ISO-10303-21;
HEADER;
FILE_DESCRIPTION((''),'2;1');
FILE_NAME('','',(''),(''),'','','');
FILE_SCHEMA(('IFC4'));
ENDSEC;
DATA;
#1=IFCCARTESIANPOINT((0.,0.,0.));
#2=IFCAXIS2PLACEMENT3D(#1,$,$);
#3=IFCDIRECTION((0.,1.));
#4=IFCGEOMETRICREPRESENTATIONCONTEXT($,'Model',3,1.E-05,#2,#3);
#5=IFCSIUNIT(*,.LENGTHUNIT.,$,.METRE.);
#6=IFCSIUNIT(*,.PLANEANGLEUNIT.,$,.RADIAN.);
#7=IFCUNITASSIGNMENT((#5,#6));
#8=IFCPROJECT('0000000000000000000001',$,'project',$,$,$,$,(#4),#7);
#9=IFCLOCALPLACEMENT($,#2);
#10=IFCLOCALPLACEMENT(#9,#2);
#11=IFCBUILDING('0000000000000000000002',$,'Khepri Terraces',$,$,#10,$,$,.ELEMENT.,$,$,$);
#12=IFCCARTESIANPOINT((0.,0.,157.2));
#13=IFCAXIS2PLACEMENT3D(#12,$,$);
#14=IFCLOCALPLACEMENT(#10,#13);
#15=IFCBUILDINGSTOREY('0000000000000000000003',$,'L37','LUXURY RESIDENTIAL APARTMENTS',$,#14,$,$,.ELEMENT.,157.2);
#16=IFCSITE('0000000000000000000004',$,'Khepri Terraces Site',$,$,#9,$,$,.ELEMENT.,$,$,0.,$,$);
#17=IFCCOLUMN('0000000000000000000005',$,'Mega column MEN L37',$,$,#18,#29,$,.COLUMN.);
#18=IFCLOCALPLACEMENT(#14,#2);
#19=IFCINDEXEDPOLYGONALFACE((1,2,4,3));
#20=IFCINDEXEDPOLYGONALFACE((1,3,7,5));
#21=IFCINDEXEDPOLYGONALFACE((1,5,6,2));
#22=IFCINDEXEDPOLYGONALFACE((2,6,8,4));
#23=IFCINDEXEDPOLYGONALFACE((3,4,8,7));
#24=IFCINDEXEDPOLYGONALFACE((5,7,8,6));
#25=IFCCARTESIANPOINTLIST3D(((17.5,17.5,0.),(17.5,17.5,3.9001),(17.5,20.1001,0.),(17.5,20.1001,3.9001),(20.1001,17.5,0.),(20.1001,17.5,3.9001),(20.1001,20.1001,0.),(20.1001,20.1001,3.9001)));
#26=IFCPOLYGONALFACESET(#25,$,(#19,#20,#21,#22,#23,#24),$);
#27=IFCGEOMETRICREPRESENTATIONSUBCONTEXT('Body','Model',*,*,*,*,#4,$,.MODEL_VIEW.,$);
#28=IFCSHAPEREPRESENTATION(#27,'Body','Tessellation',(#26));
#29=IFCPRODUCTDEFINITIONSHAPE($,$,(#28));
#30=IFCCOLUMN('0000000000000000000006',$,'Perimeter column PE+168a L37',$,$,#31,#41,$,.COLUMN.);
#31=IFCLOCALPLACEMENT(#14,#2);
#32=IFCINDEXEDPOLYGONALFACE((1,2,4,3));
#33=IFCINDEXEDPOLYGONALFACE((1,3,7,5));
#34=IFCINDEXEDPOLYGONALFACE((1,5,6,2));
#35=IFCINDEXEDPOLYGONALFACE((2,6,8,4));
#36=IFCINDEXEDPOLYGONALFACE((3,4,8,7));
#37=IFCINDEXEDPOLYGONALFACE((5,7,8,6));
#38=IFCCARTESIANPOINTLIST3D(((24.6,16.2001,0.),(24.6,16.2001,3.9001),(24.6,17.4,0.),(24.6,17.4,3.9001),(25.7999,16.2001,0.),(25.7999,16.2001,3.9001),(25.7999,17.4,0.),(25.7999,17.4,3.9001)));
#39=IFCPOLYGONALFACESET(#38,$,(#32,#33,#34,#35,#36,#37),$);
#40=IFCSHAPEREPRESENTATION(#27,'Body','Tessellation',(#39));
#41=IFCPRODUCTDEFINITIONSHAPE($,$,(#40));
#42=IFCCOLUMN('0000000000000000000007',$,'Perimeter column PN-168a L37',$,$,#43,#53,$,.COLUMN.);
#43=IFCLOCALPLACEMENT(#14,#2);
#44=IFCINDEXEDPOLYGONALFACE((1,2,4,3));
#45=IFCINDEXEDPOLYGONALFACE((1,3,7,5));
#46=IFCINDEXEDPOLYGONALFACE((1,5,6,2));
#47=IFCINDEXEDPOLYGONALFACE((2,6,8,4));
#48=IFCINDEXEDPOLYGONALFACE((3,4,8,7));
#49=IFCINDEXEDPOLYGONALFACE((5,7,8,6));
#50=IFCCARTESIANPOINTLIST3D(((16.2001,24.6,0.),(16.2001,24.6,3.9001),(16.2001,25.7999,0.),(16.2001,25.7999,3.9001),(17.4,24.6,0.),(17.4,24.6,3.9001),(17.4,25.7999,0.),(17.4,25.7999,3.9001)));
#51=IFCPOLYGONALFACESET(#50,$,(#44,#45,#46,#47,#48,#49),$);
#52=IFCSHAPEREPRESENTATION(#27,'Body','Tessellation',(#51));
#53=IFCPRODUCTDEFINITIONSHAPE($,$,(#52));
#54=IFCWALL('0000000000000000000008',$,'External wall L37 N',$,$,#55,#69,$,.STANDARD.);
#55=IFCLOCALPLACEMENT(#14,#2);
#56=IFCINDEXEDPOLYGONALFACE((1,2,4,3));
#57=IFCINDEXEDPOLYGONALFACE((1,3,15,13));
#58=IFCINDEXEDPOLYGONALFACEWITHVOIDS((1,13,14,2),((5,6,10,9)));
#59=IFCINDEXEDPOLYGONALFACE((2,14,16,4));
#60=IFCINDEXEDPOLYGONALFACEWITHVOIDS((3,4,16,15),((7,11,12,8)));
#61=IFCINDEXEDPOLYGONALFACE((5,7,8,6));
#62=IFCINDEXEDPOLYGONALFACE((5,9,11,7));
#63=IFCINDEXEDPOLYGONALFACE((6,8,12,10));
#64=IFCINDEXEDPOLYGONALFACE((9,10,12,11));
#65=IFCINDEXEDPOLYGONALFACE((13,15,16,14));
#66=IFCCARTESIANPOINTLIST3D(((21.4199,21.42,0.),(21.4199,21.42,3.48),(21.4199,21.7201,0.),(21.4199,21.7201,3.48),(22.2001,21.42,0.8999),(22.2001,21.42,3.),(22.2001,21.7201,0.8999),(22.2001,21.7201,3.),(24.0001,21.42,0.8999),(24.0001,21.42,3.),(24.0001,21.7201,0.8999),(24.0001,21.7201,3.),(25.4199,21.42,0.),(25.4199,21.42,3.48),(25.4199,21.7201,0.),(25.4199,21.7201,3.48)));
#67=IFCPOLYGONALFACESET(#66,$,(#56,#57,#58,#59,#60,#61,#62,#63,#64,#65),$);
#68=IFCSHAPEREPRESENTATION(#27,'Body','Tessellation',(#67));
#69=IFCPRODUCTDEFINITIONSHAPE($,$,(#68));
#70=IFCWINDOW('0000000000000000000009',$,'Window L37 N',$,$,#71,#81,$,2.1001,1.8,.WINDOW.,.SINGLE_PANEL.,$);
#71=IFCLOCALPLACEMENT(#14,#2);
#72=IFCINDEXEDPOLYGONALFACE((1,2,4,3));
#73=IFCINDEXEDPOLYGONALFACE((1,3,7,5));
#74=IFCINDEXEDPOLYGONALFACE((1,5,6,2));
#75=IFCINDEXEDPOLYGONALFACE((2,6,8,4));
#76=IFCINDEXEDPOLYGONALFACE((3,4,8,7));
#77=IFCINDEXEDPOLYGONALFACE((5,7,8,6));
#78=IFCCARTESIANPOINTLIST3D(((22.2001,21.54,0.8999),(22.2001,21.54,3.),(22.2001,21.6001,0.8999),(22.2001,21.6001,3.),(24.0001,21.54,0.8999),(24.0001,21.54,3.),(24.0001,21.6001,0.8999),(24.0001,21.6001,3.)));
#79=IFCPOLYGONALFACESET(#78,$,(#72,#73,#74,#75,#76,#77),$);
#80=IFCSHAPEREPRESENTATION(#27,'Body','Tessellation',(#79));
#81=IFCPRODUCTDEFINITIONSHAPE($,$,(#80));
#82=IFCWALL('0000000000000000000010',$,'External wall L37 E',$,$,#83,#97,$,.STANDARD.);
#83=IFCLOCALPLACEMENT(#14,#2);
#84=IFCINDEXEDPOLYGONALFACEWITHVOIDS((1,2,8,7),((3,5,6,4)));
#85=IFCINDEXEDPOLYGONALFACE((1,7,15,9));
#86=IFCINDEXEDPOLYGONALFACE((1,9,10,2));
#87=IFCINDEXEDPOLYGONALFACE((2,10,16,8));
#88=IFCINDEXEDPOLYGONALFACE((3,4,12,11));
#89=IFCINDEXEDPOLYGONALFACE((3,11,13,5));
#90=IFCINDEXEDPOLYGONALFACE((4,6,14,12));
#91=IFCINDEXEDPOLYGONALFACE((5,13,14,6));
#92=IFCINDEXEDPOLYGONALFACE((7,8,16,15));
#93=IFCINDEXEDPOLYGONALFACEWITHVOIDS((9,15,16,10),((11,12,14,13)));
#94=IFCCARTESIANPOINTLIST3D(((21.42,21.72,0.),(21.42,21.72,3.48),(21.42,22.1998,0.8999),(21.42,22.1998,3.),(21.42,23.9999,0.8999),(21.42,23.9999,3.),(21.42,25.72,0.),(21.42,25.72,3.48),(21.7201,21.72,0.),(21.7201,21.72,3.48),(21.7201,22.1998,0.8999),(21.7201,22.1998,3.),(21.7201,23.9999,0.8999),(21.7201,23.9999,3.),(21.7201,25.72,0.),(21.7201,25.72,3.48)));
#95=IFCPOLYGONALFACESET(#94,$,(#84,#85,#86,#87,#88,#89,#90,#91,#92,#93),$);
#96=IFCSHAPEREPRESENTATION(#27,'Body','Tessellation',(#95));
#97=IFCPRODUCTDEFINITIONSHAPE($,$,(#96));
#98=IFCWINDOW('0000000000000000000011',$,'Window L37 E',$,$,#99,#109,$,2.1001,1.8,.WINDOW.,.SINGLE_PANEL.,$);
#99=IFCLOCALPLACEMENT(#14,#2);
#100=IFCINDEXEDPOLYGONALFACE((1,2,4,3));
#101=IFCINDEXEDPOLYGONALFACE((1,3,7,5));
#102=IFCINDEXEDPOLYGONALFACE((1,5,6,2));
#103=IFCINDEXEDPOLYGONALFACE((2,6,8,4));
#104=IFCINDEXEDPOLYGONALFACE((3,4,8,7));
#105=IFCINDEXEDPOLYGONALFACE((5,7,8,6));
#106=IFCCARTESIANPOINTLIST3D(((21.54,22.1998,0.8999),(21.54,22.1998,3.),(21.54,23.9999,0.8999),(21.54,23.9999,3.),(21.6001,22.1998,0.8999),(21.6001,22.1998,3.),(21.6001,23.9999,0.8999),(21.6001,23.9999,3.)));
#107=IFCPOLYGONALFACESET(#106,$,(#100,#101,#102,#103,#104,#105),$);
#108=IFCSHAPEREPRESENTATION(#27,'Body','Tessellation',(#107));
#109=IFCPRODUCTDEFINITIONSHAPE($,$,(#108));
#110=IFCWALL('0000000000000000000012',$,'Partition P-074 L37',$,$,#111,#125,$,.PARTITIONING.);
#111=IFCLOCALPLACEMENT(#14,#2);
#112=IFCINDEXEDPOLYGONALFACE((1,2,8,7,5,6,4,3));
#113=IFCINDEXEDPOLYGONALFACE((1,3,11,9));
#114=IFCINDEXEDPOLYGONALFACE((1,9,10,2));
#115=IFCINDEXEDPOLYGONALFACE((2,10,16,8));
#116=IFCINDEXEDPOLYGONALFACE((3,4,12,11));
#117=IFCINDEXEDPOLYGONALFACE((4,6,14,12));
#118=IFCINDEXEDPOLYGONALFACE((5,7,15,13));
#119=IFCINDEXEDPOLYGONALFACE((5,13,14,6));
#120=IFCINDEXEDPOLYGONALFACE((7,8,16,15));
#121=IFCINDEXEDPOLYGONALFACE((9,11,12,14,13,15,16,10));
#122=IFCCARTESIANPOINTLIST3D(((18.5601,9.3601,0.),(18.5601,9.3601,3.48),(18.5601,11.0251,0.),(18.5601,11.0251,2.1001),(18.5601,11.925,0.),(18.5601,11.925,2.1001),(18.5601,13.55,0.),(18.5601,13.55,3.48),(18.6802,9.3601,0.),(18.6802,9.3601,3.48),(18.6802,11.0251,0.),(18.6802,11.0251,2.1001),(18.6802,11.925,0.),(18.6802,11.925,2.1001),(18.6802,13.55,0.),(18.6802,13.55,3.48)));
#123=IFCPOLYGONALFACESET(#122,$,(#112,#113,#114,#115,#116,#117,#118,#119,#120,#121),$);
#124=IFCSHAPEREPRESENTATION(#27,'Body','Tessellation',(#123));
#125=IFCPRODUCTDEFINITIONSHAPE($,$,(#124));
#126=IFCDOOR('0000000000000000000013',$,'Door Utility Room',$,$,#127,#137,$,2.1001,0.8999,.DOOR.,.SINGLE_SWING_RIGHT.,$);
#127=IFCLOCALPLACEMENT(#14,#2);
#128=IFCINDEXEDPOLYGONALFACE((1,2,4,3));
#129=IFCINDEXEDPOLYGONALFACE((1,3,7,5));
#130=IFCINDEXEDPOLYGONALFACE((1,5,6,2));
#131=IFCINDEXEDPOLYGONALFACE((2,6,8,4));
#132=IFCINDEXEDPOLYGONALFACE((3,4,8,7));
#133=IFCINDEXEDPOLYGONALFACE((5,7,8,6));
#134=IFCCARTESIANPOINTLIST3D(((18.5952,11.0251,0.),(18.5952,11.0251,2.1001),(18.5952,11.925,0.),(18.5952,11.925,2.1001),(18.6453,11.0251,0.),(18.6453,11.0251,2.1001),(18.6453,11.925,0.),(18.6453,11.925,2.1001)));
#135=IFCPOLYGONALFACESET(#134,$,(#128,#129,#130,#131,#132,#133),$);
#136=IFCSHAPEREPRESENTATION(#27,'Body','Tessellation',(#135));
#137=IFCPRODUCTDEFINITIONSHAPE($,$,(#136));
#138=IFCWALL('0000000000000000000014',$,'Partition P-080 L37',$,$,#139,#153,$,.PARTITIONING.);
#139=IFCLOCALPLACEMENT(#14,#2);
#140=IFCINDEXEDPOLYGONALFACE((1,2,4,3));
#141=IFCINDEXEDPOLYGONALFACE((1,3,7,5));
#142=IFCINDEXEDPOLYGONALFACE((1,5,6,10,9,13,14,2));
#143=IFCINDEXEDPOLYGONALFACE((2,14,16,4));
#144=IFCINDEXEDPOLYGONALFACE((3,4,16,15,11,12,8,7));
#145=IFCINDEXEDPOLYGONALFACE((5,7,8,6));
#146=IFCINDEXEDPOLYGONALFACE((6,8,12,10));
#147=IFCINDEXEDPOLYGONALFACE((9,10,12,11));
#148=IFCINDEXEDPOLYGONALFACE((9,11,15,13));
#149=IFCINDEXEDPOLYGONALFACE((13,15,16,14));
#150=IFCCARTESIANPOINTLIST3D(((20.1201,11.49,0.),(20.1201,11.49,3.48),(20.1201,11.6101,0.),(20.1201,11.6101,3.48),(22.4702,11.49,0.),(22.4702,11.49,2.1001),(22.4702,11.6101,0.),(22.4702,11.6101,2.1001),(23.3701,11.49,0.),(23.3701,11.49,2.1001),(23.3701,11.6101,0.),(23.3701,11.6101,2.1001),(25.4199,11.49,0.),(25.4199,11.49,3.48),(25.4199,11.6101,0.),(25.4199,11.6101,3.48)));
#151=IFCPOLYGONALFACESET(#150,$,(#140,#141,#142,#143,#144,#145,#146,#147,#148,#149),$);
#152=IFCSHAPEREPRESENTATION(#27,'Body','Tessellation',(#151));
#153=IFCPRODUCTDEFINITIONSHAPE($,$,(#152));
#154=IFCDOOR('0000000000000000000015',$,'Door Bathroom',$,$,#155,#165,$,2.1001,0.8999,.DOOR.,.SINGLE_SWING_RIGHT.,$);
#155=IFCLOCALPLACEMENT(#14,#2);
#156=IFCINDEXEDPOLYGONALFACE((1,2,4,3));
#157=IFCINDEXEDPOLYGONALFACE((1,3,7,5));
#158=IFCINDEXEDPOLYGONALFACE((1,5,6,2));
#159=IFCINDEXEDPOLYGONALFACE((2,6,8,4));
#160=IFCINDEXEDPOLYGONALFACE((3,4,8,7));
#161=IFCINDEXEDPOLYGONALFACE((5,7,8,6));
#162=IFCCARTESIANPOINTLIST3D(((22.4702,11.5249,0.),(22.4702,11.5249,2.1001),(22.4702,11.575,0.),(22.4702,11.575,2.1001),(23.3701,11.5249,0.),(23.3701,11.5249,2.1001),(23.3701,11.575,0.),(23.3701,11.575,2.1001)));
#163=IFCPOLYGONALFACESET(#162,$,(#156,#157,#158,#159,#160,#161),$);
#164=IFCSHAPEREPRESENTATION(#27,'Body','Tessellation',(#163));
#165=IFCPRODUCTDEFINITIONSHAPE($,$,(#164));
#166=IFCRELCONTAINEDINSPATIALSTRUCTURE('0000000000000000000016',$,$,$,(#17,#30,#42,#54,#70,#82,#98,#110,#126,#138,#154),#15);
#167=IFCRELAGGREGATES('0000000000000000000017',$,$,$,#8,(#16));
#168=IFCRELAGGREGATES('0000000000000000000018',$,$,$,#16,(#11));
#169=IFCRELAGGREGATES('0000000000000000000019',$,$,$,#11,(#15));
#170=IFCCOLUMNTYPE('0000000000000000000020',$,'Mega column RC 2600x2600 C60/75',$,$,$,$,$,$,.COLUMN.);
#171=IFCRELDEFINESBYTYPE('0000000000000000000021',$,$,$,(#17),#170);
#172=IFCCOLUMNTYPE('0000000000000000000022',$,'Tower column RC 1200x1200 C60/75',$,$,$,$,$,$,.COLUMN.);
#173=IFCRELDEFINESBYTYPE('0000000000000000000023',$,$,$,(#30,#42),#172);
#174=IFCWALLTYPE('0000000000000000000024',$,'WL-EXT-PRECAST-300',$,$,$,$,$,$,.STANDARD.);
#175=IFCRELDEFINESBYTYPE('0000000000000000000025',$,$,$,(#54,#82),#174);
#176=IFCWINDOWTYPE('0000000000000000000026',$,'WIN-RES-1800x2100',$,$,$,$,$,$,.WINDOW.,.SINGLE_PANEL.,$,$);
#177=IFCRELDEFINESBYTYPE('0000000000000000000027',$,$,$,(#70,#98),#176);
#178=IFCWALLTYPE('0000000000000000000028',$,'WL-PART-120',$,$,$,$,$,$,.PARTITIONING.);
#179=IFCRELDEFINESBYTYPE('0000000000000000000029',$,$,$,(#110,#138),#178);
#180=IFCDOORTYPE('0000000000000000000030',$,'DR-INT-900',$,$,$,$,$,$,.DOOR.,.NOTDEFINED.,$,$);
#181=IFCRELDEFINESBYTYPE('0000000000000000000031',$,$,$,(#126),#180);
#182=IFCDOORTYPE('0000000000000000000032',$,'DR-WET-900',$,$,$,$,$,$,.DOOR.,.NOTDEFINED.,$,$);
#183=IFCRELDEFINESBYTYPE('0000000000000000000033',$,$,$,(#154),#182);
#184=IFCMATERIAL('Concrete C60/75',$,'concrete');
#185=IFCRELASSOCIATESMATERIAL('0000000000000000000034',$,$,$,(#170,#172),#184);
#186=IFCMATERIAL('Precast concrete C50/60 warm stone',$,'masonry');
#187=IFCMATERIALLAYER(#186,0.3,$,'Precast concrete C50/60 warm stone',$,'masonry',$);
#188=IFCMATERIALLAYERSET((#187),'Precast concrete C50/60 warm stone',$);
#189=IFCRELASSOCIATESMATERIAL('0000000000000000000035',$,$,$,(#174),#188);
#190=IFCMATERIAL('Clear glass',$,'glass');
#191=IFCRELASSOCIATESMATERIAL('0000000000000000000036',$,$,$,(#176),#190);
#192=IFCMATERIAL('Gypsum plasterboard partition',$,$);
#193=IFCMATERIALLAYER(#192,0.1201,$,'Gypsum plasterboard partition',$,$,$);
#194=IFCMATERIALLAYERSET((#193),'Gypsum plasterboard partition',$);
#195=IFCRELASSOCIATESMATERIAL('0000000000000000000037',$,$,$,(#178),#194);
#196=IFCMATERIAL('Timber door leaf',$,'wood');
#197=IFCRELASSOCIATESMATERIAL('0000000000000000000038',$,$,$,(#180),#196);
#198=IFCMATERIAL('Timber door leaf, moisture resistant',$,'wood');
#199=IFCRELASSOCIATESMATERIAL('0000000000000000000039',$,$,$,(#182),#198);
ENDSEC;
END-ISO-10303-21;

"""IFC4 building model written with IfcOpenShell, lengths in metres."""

from ifc_helpers import new_model, si_unit, direction, frame, frame_2d, origin, origin_2d, place, context, subcontext, project, spatial, rectangle, extrude, material, layer, layer_set, material_profile, profile_set, type_object, element, fill, save


model = new_model("IFC4")

# Units and contexts
model_context = context("Model", 3, precision=1e-05, world=origin(), true_north=direction((0.0, 1.0)))
body_context = subcontext(model_context, "Body", "Model", "MODEL_VIEW")
ifc_project = project(units=[si_unit("LENGTHUNIT", "METRE"), si_unit("PLANEANGLEUNIT", "RADIAN")], contexts=[model_context])

# Site, building, storey
site_placement = place(None, origin())
site = spatial("IfcSite", under=ifc_project, at=site_placement, Name="Khepri Terraces Site", CompositionType="ELEMENT", RefElevation=0.0)
building_placement = place(site_placement, origin())
building = spatial("IfcBuilding", under=site, at=building_placement, Name="Khepri Terraces", CompositionType="ELEMENT")
storey_placement = place(building_placement, frame((0.0, 0.0, 157.2)))
storey = spatial("IfcBuildingStorey", under=building, at=storey_placement, Name="L37", Description="LUXURY RESIDENTIAL APARTMENTS", CompositionType="ELEMENT", Elevation=157.2)

# Columns
ifc_material_1 = material(Name="Concrete C60/75", Category="concrete")
ifc_material_profile_1 = material_profile(ifc_material_1, rectangle(XDim=2.6001, YDim=2.6001, at=origin_2d()), Name="Concrete C60/75", Category="concrete")
ifc_profile_set_1 = profile_set([ifc_material_profile_1], Name="Concrete C60/75")
column_type_1 = type_object("IfcColumnType", Name="Mega column RC 2600x2600 C60/75", PredefinedType="COLUMN", material=ifc_profile_set_1)
column_placement = place(storey_placement, frame((18.8, 18.8, 0.0), z_axis=(0.0, 0.0, 1.0), x_axis=(1.0, 0.0, 0.0)))
element("IfcColumn", 1, at=column_placement, inside=storey, type_object=column_type_1, Name="Mega column MEN L37", PredefinedType="COLUMN", context=body_context, shape_type="SweptSolid", body=[
    extrude(rectangle(XDim=2.6001, YDim=2.6001, at=origin_2d()), origin(), (0.0, 0.0, 1.0), 3.9001),
])
ifc_material_profile_2 = material_profile(ifc_material_1, rectangle(XDim=1.2, YDim=1.2, at=origin_2d()), Name="Concrete C60/75", Category="concrete")
ifc_profile_set_2 = profile_set([ifc_material_profile_2], Name="Concrete C60/75")
column_type_2 = type_object("IfcColumnType", Name="Tower column RC 1200x1200 C60/75", PredefinedType="COLUMN", material=ifc_profile_set_2)
for number, where, z_axis, x_axis, name in (
    (2, (25.2, 16.8, 0.0), (0.0, 0.0, 1.0), (1.0, 0.0, 0.0), "Perimeter column PE+168a L37"),
    (3, (16.8, 25.2, 0.0), (0.0, 0.0, 1.0), (1.0, 0.0, 0.0), "Perimeter column PN-168a L37"),
):
    element("IfcColumn", number, at=place(storey_placement, frame(where, z_axis=z_axis, x_axis=x_axis)), inside=storey, type_object=column_type_2, Name=name, PredefinedType="COLUMN", context=body_context, shape_type="SweptSolid", body=[
        extrude(rectangle(XDim=1.2, YDim=1.2, at=origin_2d()), origin(), (0.0, 0.0, 1.0), 3.9001),
    ])

# Shared definitions
ifc_material_2 = material(Name="Precast concrete C50/60 warm stone", Category="masonry")
ifc_layer_1 = layer(ifc_material_2, 0.3, Name="Precast concrete C50/60 warm stone", Category="masonry")
ifc_layer_set_1 = layer_set([ifc_layer_1], Name="Precast concrete C50/60 warm stone")
wall_type_1 = type_object("IfcWallType", Name="WL-EXT-PRECAST-300", PredefinedType="STANDARD", material=ifc_layer_set_1)
ifc_material_3 = material(Name="Clear glass", Category="glass")
window_type = type_object("IfcWindowType", Name="WIN-RES-1800x2100", PartitioningType="SINGLE_PANEL", PredefinedType="WINDOW", material=ifc_material_3)

# Walls, openings, windows
wall_1_placement = place(storey_placement, frame((25.4199, 21.5701, 0.0), z_axis=(0.0, 0.0, 1.0), x_axis=(-1.0, 0.0, 0.0)))
wall_1 = element("IfcWall", 4, at=wall_1_placement, inside=storey, type_object=wall_type_1, Name="External wall L37 N", PredefinedType="STANDARD", context=body_context, shape_type="SweptSolid", body=[
    extrude(rectangle(XDim=4.0, YDim=0.3, at=frame_2d((2.0, 0.0))), origin(), (0.0, 0.0, 1.0), 3.48),
])
opening_1_placement = place(wall_1_placement, frame((1.4199, 0.0, 0.8999)))
opening_1 = element("IfcOpeningElement", 5, at=opening_1_placement, cuts=wall_1, PredefinedType="OPENING", context=body_context, shape_type="SweptSolid", body=[
    extrude(rectangle(XDim=1.8, YDim=2.1001, at=frame_2d((0.8999, 1.05))), frame((0.0, 0.1602, 0.0), z_axis=(0.0, -1.0, 0.0), x_axis=(1.0, 0.0, 0.0)), (0.0, 0.0, 1.0), 0.3201),
])
window_1_placement = place(opening_1_placement, origin())
window_1 = element("IfcWindow", 6, at=window_1_placement, inside=storey, type_object=window_type, Name="Window L37 N", OverallHeight=2.1001, OverallWidth=1.8, PartitioningType="SINGLE_PANEL", PredefinedType="WINDOW", context=body_context, shape_type="SweptSolid", body=[
    extrude(rectangle(XDim=1.8, YDim=2.1001, at=frame_2d((0.8999, 1.05))), frame((0.0, 0.03, 0.0), z_axis=(0.0, -1.0, 0.0), x_axis=(1.0, 0.0, 0.0)), (0.0, 0.0, 1.0), 0.0601),
])
fill(opening_1, window_1)
wall_2_placement = place(storey_placement, frame((21.5701, 21.72, 0.0), z_axis=(0.0, 0.0, 1.0), x_axis=(0.0, 1.0, 0.0)))
wall_2 = element("IfcWall", 7, at=wall_2_placement, inside=storey, type_object=wall_type_1, Name="External wall L37 E", PredefinedType="STANDARD", context=body_context, shape_type="SweptSolid", body=[
    extrude(rectangle(XDim=4.0, YDim=0.3, at=frame_2d((2.0, 0.0))), origin(), (0.0, 0.0, 1.0), 3.48),
])
opening_2_placement = place(wall_2_placement, frame((0.48, 0.0, 0.8999)))
opening_2 = element("IfcOpeningElement", 8, at=opening_2_placement, cuts=wall_2, PredefinedType="OPENING", context=body_context, shape_type="SweptSolid", body=[
    extrude(rectangle(XDim=1.8, YDim=2.1001, at=frame_2d((0.8999, 1.05))), frame((0.0, 0.1602, 0.0), z_axis=(0.0, -1.0, 0.0), x_axis=(1.0, 0.0, 0.0)), (0.0, 0.0, 1.0), 0.3201),
])
window_2_placement = place(opening_2_placement, origin())
window_2 = element("IfcWindow", 9, at=window_2_placement, inside=storey, type_object=window_type, Name="Window L37 E", OverallHeight=2.1001, OverallWidth=1.8, PartitioningType="SINGLE_PANEL", PredefinedType="WINDOW", context=body_context, shape_type="SweptSolid", body=[
    extrude(rectangle(XDim=1.8, YDim=2.1001, at=frame_2d((0.8999, 1.05))), frame((0.0, 0.03, 0.0), z_axis=(0.0, -1.0, 0.0), x_axis=(1.0, 0.0, 0.0)), (0.0, 0.0, 1.0), 0.0601),
])
fill(opening_2, window_2)

# Walls, openings, doors
ifc_material_4 = material(Name="Gypsum plasterboard partition")
ifc_layer_2 = layer(ifc_material_4, 0.1201, Name="Gypsum plasterboard partition")
ifc_layer_set_2 = layer_set([ifc_layer_2], Name="Gypsum plasterboard partition")
wall_type_2 = type_object("IfcWallType", Name="WL-PART-120", PredefinedType="PARTITIONING", material=ifc_layer_set_2)
wall_3_placement = place(storey_placement, frame((18.6201, 9.3601, 0.0), z_axis=(0.0, 0.0, 1.0), x_axis=(0.0, 1.0, 0.0)))
wall_3 = element("IfcWall", 10, at=wall_3_placement, inside=storey, type_object=wall_type_2, Name="Partition P-074 L37", PredefinedType="PARTITIONING", context=body_context, shape_type="SweptSolid", body=[
    extrude(rectangle(XDim=4.1899, YDim=0.1201, at=frame_2d((2.095, 0.0))), origin(), (0.0, 0.0, 1.0), 3.48),
])
opening_3_placement = place(wall_3_placement, frame((1.665, 0.0, 0.0)))
opening_3 = element("IfcOpeningElement", 11, at=opening_3_placement, cuts=wall_3, PredefinedType="OPENING", context=body_context, shape_type="SweptSolid", body=[
    extrude(rectangle(XDim=0.8999, YDim=2.1001, at=frame_2d((0.45, 1.05))), frame((0.0, 0.0701, 0.0), z_axis=(0.0, -1.0, 0.0), x_axis=(1.0, 0.0, 0.0)), (0.0, 0.0, 1.0), 0.1401),
])
ifc_material_5 = material(Name="Timber door leaf", Category="wood")
door_type_1 = type_object("IfcDoorType", Name="DR-INT-900", OperationType="NOTDEFINED", PredefinedType="DOOR", material=ifc_material_5)
door_1_placement = place(opening_3_placement, origin())
door_1 = element("IfcDoor", 12, at=door_1_placement, inside=storey, type_object=door_type_1, Name="Door Utility Room", OperationType="SINGLE_SWING_RIGHT", OverallHeight=2.1001, OverallWidth=0.8999, PredefinedType="DOOR", context=body_context, shape_type="SweptSolid", body=[
    extrude(rectangle(XDim=0.8999, YDim=2.1001, at=frame_2d((0.45, 1.05))), frame((0.0, 0.0249, 0.0), z_axis=(0.0, -1.0, 0.0), x_axis=(1.0, 0.0, 0.0)), (0.0, 0.0, 1.0), 0.05),
])
fill(opening_3, door_1)
wall_4_placement = place(storey_placement, frame((20.1201, 11.55, 0.0), z_axis=(0.0, 0.0, 1.0), x_axis=(1.0, 0.0, 0.0)))
wall_4 = element("IfcWall", 13, at=wall_4_placement, inside=storey, type_object=wall_type_2, Name="Partition P-080 L37", PredefinedType="PARTITIONING", context=body_context, shape_type="SweptSolid", body=[
    extrude(rectangle(XDim=5.2998, YDim=0.1201, at=frame_2d((2.6499, 0.0))), origin(), (0.0, 0.0, 1.0), 3.48),
])
opening_4_placement = place(wall_4_placement, frame((2.3501, 0.0, 0.0)))
opening_4 = element("IfcOpeningElement", 14, at=opening_4_placement, cuts=wall_4, PredefinedType="OPENING", context=body_context, shape_type="SweptSolid", body=[
    extrude(rectangle(XDim=0.8999, YDim=2.1001, at=frame_2d((0.45, 1.05))), frame((0.0, 0.0701, 0.0), z_axis=(0.0, -1.0, 0.0), x_axis=(1.0, 0.0, 0.0)), (0.0, 0.0, 1.0), 0.1401),
])
ifc_material_6 = material(Name="Timber door leaf, moisture resistant", Category="wood")
door_type_2 = type_object("IfcDoorType", Name="DR-WET-900", OperationType="NOTDEFINED", PredefinedType="DOOR", material=ifc_material_6)
door_2_placement = place(opening_4_placement, origin())
door_2 = element("IfcDoor", 15, at=door_2_placement, inside=storey, type_object=door_type_2, Name="Door Bathroom", OperationType="SINGLE_SWING_RIGHT", OverallHeight=2.1001, OverallWidth=0.8999, PredefinedType="DOOR", context=body_context, shape_type="SweptSolid", body=[
    extrude(rectangle(XDim=0.8999, YDim=2.1001, at=frame_2d((0.45, 1.05))), frame((0.0, 0.0249, 0.0), z_axis=(0.0, -1.0, 0.0), x_axis=(1.0, 0.0, 0.0)), (0.0, 0.0, 1.0), 0.05),
])
fill(opening_4, door_2)

save(model, "model.ifc")
